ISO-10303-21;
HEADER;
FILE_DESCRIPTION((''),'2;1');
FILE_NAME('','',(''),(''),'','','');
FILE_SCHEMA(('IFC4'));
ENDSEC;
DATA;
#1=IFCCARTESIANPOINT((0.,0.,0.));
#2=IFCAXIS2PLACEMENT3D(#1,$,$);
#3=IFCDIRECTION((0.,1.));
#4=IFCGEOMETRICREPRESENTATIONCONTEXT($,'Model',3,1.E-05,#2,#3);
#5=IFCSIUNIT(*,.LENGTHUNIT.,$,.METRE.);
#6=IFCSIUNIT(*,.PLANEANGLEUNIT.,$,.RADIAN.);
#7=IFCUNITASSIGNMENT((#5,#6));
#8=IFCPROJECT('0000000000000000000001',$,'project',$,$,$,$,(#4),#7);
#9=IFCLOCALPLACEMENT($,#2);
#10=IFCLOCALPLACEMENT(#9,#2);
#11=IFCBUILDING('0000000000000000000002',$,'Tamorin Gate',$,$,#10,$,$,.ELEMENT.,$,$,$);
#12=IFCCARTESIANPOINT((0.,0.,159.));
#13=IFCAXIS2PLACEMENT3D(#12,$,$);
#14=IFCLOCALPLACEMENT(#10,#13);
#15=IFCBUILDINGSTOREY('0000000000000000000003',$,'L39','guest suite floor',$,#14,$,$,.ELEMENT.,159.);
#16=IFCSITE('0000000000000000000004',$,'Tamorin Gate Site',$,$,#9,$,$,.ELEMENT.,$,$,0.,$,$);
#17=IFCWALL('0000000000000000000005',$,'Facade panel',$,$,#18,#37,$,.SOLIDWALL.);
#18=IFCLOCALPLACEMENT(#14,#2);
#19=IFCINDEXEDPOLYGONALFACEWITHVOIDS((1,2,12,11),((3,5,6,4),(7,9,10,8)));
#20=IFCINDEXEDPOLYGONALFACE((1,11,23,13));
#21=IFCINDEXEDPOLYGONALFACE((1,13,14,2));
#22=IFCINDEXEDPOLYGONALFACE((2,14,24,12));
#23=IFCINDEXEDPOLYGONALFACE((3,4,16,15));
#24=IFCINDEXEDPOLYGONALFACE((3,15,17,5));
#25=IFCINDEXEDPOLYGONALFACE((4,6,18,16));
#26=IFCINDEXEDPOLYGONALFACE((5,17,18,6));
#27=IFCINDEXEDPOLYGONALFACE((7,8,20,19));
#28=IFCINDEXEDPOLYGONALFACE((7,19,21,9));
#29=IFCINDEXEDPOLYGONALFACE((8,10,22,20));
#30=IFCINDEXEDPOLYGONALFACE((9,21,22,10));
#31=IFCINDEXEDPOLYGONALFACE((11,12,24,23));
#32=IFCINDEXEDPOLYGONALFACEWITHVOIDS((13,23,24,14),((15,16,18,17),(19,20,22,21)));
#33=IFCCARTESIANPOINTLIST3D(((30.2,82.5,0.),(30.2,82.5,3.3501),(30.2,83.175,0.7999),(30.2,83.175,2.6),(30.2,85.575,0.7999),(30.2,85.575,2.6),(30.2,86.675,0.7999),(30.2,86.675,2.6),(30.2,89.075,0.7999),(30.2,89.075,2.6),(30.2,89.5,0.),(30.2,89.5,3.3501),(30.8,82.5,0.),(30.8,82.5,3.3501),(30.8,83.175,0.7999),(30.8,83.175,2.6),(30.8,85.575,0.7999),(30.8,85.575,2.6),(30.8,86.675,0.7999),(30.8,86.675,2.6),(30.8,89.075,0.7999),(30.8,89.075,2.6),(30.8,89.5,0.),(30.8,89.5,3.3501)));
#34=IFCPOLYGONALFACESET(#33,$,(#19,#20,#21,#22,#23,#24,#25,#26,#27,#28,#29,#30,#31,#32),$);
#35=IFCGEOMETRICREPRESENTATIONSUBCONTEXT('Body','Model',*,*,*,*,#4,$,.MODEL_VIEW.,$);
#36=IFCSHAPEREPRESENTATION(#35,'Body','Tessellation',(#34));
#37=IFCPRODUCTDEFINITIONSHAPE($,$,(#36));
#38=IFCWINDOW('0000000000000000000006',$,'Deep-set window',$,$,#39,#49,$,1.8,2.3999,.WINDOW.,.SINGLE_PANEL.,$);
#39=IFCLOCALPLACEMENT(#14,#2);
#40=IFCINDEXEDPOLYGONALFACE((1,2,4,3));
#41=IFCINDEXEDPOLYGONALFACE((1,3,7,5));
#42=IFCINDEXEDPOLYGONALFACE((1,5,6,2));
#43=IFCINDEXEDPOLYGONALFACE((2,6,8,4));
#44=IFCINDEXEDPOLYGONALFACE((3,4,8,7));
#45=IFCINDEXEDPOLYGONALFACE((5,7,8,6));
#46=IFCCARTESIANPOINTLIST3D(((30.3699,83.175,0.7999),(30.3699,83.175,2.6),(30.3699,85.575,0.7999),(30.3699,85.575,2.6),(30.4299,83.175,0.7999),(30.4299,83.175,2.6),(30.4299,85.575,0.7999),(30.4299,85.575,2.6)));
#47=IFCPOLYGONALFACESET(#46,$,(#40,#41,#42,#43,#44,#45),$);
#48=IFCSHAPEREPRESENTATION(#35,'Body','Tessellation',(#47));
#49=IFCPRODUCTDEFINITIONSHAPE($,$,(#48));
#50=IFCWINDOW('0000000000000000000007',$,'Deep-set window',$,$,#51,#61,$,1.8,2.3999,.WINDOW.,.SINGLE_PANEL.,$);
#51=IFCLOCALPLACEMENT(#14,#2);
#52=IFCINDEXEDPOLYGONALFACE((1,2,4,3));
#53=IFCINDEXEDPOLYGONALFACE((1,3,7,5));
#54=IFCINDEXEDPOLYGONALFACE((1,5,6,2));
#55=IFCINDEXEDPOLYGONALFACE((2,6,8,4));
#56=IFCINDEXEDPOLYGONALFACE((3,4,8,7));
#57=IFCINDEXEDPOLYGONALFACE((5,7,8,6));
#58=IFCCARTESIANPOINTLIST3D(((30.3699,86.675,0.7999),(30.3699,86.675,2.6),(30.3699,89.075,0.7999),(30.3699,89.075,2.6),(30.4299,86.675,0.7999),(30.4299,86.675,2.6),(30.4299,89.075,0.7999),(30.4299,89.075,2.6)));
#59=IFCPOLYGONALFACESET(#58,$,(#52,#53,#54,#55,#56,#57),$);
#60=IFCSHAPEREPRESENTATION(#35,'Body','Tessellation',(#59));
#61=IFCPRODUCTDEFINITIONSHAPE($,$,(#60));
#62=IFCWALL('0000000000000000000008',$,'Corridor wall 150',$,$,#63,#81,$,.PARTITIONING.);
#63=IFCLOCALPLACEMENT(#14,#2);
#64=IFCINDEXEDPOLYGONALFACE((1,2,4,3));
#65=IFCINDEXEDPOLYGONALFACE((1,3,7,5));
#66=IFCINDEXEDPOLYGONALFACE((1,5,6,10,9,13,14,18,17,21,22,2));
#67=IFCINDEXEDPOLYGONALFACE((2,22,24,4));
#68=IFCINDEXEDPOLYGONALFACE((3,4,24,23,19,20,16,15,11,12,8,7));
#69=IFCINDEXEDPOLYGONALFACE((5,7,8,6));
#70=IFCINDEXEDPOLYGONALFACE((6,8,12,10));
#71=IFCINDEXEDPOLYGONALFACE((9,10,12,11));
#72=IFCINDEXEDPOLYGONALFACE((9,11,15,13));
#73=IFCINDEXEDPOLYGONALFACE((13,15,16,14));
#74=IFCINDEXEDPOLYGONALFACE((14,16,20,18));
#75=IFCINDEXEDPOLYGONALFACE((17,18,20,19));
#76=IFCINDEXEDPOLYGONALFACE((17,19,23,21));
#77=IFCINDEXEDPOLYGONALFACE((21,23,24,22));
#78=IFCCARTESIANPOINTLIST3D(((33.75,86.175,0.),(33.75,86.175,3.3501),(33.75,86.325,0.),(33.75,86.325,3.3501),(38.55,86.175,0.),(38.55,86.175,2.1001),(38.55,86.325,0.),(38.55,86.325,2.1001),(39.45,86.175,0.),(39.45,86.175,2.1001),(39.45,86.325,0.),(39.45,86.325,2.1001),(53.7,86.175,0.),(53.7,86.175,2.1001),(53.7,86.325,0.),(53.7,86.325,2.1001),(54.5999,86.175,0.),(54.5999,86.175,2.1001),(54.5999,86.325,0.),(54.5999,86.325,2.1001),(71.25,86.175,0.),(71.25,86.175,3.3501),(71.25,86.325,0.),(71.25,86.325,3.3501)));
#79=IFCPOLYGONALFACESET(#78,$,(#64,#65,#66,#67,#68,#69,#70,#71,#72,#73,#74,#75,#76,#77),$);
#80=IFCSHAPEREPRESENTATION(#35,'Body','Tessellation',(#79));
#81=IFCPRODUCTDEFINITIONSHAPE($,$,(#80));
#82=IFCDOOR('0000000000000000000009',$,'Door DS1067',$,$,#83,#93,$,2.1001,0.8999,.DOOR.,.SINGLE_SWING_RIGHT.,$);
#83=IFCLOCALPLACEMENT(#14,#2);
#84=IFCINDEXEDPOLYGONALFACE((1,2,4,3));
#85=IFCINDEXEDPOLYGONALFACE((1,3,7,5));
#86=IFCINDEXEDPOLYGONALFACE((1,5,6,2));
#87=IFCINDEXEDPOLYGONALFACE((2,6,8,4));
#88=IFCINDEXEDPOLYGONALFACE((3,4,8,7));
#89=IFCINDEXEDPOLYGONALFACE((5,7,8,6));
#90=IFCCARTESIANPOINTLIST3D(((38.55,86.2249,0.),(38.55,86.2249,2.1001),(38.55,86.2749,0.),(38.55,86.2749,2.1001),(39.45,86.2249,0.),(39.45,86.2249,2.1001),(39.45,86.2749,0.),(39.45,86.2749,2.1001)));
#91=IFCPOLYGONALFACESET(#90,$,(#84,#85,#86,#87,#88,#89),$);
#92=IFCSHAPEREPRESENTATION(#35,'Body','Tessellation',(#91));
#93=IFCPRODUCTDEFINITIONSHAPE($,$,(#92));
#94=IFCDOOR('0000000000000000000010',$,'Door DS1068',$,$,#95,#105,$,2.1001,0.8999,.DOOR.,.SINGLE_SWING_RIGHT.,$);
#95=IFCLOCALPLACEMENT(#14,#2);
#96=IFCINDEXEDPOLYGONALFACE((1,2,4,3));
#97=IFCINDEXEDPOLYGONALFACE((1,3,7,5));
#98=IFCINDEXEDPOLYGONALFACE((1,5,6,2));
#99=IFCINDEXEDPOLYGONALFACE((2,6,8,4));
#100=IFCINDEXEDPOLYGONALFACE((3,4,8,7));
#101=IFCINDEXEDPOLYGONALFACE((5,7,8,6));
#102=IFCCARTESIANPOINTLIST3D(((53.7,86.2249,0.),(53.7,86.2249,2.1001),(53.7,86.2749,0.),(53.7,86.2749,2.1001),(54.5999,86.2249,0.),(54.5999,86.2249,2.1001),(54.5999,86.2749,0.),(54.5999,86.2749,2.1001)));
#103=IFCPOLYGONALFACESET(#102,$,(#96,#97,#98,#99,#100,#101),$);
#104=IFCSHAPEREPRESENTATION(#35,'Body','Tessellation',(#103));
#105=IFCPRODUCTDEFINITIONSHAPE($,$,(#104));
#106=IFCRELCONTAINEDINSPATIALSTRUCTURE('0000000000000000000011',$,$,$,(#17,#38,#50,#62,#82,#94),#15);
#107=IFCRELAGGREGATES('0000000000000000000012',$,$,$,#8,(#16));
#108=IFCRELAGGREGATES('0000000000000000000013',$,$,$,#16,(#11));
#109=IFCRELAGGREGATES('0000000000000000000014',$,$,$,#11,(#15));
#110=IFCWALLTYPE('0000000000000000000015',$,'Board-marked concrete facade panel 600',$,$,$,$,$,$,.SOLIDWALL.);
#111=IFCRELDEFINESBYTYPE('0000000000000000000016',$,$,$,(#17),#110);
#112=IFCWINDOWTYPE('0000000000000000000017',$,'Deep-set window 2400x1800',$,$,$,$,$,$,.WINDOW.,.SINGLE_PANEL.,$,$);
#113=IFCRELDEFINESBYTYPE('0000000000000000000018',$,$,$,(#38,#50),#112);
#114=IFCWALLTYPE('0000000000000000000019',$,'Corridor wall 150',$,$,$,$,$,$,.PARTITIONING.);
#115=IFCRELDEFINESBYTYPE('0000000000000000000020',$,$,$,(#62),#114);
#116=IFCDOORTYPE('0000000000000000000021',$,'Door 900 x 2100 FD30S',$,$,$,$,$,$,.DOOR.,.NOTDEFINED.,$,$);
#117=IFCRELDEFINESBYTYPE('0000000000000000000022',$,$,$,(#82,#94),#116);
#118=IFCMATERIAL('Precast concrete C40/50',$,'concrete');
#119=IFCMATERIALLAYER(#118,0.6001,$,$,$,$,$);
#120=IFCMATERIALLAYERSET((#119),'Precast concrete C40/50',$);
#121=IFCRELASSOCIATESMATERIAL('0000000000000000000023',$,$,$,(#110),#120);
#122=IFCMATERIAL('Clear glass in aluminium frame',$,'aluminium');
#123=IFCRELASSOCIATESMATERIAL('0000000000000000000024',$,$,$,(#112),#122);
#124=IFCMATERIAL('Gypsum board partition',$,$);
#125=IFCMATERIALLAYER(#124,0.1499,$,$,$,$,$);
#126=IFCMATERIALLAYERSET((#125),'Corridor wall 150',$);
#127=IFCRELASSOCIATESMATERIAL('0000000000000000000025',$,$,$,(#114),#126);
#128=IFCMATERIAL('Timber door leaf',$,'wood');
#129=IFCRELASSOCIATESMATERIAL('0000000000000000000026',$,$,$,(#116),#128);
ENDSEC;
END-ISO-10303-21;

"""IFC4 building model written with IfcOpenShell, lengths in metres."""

from ifc_helpers import new_model, si_unit, direction, frame, frame_2d, origin, place, context, subcontext, project, spatial, rectangle, extrude, material, layer, layer_set, type_object, element, fill, save


model = new_model("IFC4")

# Units and contexts
model_context = context("Model", 3, precision=1e-05, world=origin(), true_north=direction((0.0, 1.0)))
body_context = subcontext(model_context, "Body", "Model", "MODEL_VIEW")
ifc_project = project(units=[si_unit("LENGTHUNIT", "METRE"), si_unit("PLANEANGLEUNIT", "RADIAN")], contexts=[model_context])

# Site, building, storey
site_placement = place(None, origin())
site = spatial("IfcSite", under=ifc_project, at=site_placement, Name="Tamorin Gate Site", CompositionType="ELEMENT", RefElevation=0.0)
building_placement = place(site_placement, origin())
building = spatial("IfcBuilding", under=site, at=building_placement, Name="Tamorin Gate", CompositionType="ELEMENT")
storey_placement = place(building_placement, frame((0.0, 0.0, 159.0)))
storey = spatial("IfcBuildingStorey", under=building, at=storey_placement, Name="L39", Description="guest suite floor", CompositionType="ELEMENT", Elevation=159.0)

# Wall, openings, windows
ifc_material_1 = material(Name="Precast concrete C40/50", Category="concrete")
ifc_layer_1 = layer(ifc_material_1, 0.6001)
ifc_layer_set_1 = layer_set([ifc_layer_1], Name="Precast concrete C40/50")
wall_type_1 = type_object("IfcWallType", Name="Board-marked concrete facade panel 600", PredefinedType="SOLIDWALL", material=ifc_layer_set_1)
wall_1_placement = place(storey_placement, frame((30.5, 89.5, 0.0), z_axis=(0.0, 0.0, 1.0), x_axis=(0.0, -1.0, 0.0)))
wall_1 = element("IfcWall", 1, at=wall_1_placement, inside=storey, type_object=wall_type_1, Name="Facade panel", PredefinedType="SOLIDWALL", context=body_context, shape_type="SweptSolid", body=[
    extrude(rectangle(XDim=7.0, YDim=0.6001, at=frame_2d((3.5, 0.0))), origin(), (0.0, 0.0, 1.0), 3.3501),
])
opening_1_placement = place(wall_1_placement, frame((3.925, 0.0, 0.8)))
opening_1 = element("IfcOpeningElement", 2, at=opening_1_placement, cuts=wall_1, PredefinedType="OPENING", context=body_context, shape_type="SweptSolid", body=[
    extrude(rectangle(XDim=2.3999, YDim=1.8, at=frame_2d((1.2, 0.8999))), frame((0.0, 0.3101, 0.0), z_axis=(0.0, -1.0, 0.0), x_axis=(1.0, 0.0, 0.0)), (0.0, 0.0, 1.0), 0.6201),
])
opening_2_placement = place(wall_1_placement, frame((0.425, 0.0, 0.8)))
opening_2 = element("IfcOpeningElement", 3, at=opening_2_placement, cuts=wall_1, PredefinedType="OPENING", context=body_context, shape_type="SweptSolid", body=[
    extrude(rectangle(XDim=2.3999, YDim=1.8, at=frame_2d((1.2, 0.8999))), frame((0.0, 0.3101, 0.0), z_axis=(0.0, -1.0, 0.0), x_axis=(1.0, 0.0, 0.0)), (0.0, 0.0, 1.0), 0.6201),
])
ifc_material_2 = material(Name="Clear glass in aluminium frame", Category="aluminium")
window_type = type_object("IfcWindowType", Name="Deep-set window 2400x1800", PartitioningType="SINGLE_PANEL", PredefinedType="WINDOW", material=ifc_material_2)
window_1_placement = place(opening_1_placement, origin())
window_1 = element("IfcWindow", 4, at=window_1_placement, inside=storey, type_object=window_type, Name="Deep-set window", OverallHeight=1.8, OverallWidth=2.3999, PartitioningType="SINGLE_PANEL", PredefinedType="WINDOW", context=body_context, shape_type="SweptSolid", body=[
    extrude(rectangle(XDim=2.3999, YDim=1.8, at=frame_2d((1.2, 0.8999))), frame((0.0, -0.0701, 0.0), z_axis=(0.0, -1.0, 0.0), x_axis=(1.0, 0.0, 0.0)), (0.0, 0.0, 1.0), 0.0601),
])
fill(opening_1, window_1)
window_2_placement = place(opening_2_placement, origin())
window_2 = element("IfcWindow", 5, at=window_2_placement, inside=storey, type_object=window_type, Name="Deep-set window", OverallHeight=1.8, OverallWidth=2.3999, PartitioningType="SINGLE_PANEL", PredefinedType="WINDOW", context=body_context, shape_type="SweptSolid", body=[
    extrude(rectangle(XDim=2.3999, YDim=1.8, at=frame_2d((1.2, 0.8999))), frame((0.0, -0.0701, 0.0), z_axis=(0.0, -1.0, 0.0), x_axis=(1.0, 0.0, 0.0)), (0.0, 0.0, 1.0), 0.0601),
])
fill(opening_2, window_2)

# Wall, openings, doors
ifc_material_3 = material(Name="Gypsum board partition")
ifc_layer_2 = layer(ifc_material_3, 0.1499)
ifc_layer_set_2 = layer_set([ifc_layer_2], Name="Corridor wall 150")
wall_type_2 = type_object("IfcWallType", Name="Corridor wall 150", PredefinedType="PARTITIONING", material=ifc_layer_set_2)
wall_2_placement = place(storey_placement, frame((33.75, 86.25, 0.0), z_axis=(0.0, 0.0, 1.0), x_axis=(1.0, 0.0, 0.0)))
wall_2 = element("IfcWall", 6, at=wall_2_placement, inside=storey, type_object=wall_type_2, Name="Corridor wall 150", PredefinedType="PARTITIONING", context=body_context, shape_type="SweptSolid", body=[
    extrude(rectangle(XDim=37.5, YDim=0.1499, at=frame_2d((18.75, 0.0))), origin(), (0.0, 0.0, 1.0), 3.3501),
])
opening_3_placement = place(wall_2_placement, frame((4.8, 0.0, 0.0)))
opening_3 = element("IfcOpeningElement", 7, at=opening_3_placement, cuts=wall_2, PredefinedType="OPENING", context=body_context, shape_type="SweptSolid", body=[
    extrude(rectangle(XDim=0.8999, YDim=2.1001, at=frame_2d((0.45, 1.05))), frame((0.0, 0.085, 0.0), z_axis=(0.0, -1.0, 0.0), x_axis=(1.0, 0.0, 0.0)), (0.0, 0.0, 1.0), 0.1699),
])
opening_4_placement = place(wall_2_placement, frame((19.95, 0.0, 0.0)))
opening_4 = element("IfcOpeningElement", 8, at=opening_4_placement, cuts=wall_2, PredefinedType="OPENING", context=body_context, shape_type="SweptSolid", body=[
    extrude(rectangle(XDim=0.8999, YDim=2.1001, at=frame_2d((0.45, 1.05))), frame((0.0, 0.085, 0.0), z_axis=(0.0, -1.0, 0.0), x_axis=(1.0, 0.0, 0.0)), (0.0, 0.0, 1.0), 0.1699),
])
ifc_material_4 = material(Name="Timber door leaf", Category="wood")
door_type_1 = type_object("IfcDoorType", Name="Door 900 x 2100 FD30S", OperationType="NOTDEFINED", PredefinedType="DOOR", material=ifc_material_4)
door_1_placement = place(opening_3_placement, origin())
door_1 = element("IfcDoor", 9, at=door_1_placement, inside=storey, type_object=door_type_1, Name="Door DS1067", OperationType="SINGLE_SWING_RIGHT", OverallHeight=2.1001, OverallWidth=0.8999, PredefinedType="DOOR", context=body_context, shape_type="SweptSolid", body=[
    extrude(rectangle(XDim=0.8999, YDim=2.1001, at=frame_2d((0.45, 1.05))), frame((0.0, 0.0249, 0.0), z_axis=(0.0, -1.0, 0.0), x_axis=(1.0, 0.0, 0.0)), (0.0, 0.0, 1.0), 0.05),
])
fill(opening_3, door_1)
door_2_placement = place(opening_4_placement, origin())
door_2 = element("IfcDoor", 10, at=door_2_placement, inside=storey, type_object=door_type_1, Name="Door DS1068", OperationType="SINGLE_SWING_RIGHT", OverallHeight=2.1001, OverallWidth=0.8999, PredefinedType="DOOR", context=body_context, shape_type="SweptSolid", body=[
    extrude(rectangle(XDim=0.8999, YDim=2.1001, at=frame_2d((0.45, 1.05))), frame((0.0, 0.0249, 0.0), z_axis=(0.0, -1.0, 0.0), x_axis=(1.0, 0.0, 0.0)), (0.0, 0.0, 1.0), 0.05),
])
fill(opening_4, door_2)

save(model, "model.ifc")
